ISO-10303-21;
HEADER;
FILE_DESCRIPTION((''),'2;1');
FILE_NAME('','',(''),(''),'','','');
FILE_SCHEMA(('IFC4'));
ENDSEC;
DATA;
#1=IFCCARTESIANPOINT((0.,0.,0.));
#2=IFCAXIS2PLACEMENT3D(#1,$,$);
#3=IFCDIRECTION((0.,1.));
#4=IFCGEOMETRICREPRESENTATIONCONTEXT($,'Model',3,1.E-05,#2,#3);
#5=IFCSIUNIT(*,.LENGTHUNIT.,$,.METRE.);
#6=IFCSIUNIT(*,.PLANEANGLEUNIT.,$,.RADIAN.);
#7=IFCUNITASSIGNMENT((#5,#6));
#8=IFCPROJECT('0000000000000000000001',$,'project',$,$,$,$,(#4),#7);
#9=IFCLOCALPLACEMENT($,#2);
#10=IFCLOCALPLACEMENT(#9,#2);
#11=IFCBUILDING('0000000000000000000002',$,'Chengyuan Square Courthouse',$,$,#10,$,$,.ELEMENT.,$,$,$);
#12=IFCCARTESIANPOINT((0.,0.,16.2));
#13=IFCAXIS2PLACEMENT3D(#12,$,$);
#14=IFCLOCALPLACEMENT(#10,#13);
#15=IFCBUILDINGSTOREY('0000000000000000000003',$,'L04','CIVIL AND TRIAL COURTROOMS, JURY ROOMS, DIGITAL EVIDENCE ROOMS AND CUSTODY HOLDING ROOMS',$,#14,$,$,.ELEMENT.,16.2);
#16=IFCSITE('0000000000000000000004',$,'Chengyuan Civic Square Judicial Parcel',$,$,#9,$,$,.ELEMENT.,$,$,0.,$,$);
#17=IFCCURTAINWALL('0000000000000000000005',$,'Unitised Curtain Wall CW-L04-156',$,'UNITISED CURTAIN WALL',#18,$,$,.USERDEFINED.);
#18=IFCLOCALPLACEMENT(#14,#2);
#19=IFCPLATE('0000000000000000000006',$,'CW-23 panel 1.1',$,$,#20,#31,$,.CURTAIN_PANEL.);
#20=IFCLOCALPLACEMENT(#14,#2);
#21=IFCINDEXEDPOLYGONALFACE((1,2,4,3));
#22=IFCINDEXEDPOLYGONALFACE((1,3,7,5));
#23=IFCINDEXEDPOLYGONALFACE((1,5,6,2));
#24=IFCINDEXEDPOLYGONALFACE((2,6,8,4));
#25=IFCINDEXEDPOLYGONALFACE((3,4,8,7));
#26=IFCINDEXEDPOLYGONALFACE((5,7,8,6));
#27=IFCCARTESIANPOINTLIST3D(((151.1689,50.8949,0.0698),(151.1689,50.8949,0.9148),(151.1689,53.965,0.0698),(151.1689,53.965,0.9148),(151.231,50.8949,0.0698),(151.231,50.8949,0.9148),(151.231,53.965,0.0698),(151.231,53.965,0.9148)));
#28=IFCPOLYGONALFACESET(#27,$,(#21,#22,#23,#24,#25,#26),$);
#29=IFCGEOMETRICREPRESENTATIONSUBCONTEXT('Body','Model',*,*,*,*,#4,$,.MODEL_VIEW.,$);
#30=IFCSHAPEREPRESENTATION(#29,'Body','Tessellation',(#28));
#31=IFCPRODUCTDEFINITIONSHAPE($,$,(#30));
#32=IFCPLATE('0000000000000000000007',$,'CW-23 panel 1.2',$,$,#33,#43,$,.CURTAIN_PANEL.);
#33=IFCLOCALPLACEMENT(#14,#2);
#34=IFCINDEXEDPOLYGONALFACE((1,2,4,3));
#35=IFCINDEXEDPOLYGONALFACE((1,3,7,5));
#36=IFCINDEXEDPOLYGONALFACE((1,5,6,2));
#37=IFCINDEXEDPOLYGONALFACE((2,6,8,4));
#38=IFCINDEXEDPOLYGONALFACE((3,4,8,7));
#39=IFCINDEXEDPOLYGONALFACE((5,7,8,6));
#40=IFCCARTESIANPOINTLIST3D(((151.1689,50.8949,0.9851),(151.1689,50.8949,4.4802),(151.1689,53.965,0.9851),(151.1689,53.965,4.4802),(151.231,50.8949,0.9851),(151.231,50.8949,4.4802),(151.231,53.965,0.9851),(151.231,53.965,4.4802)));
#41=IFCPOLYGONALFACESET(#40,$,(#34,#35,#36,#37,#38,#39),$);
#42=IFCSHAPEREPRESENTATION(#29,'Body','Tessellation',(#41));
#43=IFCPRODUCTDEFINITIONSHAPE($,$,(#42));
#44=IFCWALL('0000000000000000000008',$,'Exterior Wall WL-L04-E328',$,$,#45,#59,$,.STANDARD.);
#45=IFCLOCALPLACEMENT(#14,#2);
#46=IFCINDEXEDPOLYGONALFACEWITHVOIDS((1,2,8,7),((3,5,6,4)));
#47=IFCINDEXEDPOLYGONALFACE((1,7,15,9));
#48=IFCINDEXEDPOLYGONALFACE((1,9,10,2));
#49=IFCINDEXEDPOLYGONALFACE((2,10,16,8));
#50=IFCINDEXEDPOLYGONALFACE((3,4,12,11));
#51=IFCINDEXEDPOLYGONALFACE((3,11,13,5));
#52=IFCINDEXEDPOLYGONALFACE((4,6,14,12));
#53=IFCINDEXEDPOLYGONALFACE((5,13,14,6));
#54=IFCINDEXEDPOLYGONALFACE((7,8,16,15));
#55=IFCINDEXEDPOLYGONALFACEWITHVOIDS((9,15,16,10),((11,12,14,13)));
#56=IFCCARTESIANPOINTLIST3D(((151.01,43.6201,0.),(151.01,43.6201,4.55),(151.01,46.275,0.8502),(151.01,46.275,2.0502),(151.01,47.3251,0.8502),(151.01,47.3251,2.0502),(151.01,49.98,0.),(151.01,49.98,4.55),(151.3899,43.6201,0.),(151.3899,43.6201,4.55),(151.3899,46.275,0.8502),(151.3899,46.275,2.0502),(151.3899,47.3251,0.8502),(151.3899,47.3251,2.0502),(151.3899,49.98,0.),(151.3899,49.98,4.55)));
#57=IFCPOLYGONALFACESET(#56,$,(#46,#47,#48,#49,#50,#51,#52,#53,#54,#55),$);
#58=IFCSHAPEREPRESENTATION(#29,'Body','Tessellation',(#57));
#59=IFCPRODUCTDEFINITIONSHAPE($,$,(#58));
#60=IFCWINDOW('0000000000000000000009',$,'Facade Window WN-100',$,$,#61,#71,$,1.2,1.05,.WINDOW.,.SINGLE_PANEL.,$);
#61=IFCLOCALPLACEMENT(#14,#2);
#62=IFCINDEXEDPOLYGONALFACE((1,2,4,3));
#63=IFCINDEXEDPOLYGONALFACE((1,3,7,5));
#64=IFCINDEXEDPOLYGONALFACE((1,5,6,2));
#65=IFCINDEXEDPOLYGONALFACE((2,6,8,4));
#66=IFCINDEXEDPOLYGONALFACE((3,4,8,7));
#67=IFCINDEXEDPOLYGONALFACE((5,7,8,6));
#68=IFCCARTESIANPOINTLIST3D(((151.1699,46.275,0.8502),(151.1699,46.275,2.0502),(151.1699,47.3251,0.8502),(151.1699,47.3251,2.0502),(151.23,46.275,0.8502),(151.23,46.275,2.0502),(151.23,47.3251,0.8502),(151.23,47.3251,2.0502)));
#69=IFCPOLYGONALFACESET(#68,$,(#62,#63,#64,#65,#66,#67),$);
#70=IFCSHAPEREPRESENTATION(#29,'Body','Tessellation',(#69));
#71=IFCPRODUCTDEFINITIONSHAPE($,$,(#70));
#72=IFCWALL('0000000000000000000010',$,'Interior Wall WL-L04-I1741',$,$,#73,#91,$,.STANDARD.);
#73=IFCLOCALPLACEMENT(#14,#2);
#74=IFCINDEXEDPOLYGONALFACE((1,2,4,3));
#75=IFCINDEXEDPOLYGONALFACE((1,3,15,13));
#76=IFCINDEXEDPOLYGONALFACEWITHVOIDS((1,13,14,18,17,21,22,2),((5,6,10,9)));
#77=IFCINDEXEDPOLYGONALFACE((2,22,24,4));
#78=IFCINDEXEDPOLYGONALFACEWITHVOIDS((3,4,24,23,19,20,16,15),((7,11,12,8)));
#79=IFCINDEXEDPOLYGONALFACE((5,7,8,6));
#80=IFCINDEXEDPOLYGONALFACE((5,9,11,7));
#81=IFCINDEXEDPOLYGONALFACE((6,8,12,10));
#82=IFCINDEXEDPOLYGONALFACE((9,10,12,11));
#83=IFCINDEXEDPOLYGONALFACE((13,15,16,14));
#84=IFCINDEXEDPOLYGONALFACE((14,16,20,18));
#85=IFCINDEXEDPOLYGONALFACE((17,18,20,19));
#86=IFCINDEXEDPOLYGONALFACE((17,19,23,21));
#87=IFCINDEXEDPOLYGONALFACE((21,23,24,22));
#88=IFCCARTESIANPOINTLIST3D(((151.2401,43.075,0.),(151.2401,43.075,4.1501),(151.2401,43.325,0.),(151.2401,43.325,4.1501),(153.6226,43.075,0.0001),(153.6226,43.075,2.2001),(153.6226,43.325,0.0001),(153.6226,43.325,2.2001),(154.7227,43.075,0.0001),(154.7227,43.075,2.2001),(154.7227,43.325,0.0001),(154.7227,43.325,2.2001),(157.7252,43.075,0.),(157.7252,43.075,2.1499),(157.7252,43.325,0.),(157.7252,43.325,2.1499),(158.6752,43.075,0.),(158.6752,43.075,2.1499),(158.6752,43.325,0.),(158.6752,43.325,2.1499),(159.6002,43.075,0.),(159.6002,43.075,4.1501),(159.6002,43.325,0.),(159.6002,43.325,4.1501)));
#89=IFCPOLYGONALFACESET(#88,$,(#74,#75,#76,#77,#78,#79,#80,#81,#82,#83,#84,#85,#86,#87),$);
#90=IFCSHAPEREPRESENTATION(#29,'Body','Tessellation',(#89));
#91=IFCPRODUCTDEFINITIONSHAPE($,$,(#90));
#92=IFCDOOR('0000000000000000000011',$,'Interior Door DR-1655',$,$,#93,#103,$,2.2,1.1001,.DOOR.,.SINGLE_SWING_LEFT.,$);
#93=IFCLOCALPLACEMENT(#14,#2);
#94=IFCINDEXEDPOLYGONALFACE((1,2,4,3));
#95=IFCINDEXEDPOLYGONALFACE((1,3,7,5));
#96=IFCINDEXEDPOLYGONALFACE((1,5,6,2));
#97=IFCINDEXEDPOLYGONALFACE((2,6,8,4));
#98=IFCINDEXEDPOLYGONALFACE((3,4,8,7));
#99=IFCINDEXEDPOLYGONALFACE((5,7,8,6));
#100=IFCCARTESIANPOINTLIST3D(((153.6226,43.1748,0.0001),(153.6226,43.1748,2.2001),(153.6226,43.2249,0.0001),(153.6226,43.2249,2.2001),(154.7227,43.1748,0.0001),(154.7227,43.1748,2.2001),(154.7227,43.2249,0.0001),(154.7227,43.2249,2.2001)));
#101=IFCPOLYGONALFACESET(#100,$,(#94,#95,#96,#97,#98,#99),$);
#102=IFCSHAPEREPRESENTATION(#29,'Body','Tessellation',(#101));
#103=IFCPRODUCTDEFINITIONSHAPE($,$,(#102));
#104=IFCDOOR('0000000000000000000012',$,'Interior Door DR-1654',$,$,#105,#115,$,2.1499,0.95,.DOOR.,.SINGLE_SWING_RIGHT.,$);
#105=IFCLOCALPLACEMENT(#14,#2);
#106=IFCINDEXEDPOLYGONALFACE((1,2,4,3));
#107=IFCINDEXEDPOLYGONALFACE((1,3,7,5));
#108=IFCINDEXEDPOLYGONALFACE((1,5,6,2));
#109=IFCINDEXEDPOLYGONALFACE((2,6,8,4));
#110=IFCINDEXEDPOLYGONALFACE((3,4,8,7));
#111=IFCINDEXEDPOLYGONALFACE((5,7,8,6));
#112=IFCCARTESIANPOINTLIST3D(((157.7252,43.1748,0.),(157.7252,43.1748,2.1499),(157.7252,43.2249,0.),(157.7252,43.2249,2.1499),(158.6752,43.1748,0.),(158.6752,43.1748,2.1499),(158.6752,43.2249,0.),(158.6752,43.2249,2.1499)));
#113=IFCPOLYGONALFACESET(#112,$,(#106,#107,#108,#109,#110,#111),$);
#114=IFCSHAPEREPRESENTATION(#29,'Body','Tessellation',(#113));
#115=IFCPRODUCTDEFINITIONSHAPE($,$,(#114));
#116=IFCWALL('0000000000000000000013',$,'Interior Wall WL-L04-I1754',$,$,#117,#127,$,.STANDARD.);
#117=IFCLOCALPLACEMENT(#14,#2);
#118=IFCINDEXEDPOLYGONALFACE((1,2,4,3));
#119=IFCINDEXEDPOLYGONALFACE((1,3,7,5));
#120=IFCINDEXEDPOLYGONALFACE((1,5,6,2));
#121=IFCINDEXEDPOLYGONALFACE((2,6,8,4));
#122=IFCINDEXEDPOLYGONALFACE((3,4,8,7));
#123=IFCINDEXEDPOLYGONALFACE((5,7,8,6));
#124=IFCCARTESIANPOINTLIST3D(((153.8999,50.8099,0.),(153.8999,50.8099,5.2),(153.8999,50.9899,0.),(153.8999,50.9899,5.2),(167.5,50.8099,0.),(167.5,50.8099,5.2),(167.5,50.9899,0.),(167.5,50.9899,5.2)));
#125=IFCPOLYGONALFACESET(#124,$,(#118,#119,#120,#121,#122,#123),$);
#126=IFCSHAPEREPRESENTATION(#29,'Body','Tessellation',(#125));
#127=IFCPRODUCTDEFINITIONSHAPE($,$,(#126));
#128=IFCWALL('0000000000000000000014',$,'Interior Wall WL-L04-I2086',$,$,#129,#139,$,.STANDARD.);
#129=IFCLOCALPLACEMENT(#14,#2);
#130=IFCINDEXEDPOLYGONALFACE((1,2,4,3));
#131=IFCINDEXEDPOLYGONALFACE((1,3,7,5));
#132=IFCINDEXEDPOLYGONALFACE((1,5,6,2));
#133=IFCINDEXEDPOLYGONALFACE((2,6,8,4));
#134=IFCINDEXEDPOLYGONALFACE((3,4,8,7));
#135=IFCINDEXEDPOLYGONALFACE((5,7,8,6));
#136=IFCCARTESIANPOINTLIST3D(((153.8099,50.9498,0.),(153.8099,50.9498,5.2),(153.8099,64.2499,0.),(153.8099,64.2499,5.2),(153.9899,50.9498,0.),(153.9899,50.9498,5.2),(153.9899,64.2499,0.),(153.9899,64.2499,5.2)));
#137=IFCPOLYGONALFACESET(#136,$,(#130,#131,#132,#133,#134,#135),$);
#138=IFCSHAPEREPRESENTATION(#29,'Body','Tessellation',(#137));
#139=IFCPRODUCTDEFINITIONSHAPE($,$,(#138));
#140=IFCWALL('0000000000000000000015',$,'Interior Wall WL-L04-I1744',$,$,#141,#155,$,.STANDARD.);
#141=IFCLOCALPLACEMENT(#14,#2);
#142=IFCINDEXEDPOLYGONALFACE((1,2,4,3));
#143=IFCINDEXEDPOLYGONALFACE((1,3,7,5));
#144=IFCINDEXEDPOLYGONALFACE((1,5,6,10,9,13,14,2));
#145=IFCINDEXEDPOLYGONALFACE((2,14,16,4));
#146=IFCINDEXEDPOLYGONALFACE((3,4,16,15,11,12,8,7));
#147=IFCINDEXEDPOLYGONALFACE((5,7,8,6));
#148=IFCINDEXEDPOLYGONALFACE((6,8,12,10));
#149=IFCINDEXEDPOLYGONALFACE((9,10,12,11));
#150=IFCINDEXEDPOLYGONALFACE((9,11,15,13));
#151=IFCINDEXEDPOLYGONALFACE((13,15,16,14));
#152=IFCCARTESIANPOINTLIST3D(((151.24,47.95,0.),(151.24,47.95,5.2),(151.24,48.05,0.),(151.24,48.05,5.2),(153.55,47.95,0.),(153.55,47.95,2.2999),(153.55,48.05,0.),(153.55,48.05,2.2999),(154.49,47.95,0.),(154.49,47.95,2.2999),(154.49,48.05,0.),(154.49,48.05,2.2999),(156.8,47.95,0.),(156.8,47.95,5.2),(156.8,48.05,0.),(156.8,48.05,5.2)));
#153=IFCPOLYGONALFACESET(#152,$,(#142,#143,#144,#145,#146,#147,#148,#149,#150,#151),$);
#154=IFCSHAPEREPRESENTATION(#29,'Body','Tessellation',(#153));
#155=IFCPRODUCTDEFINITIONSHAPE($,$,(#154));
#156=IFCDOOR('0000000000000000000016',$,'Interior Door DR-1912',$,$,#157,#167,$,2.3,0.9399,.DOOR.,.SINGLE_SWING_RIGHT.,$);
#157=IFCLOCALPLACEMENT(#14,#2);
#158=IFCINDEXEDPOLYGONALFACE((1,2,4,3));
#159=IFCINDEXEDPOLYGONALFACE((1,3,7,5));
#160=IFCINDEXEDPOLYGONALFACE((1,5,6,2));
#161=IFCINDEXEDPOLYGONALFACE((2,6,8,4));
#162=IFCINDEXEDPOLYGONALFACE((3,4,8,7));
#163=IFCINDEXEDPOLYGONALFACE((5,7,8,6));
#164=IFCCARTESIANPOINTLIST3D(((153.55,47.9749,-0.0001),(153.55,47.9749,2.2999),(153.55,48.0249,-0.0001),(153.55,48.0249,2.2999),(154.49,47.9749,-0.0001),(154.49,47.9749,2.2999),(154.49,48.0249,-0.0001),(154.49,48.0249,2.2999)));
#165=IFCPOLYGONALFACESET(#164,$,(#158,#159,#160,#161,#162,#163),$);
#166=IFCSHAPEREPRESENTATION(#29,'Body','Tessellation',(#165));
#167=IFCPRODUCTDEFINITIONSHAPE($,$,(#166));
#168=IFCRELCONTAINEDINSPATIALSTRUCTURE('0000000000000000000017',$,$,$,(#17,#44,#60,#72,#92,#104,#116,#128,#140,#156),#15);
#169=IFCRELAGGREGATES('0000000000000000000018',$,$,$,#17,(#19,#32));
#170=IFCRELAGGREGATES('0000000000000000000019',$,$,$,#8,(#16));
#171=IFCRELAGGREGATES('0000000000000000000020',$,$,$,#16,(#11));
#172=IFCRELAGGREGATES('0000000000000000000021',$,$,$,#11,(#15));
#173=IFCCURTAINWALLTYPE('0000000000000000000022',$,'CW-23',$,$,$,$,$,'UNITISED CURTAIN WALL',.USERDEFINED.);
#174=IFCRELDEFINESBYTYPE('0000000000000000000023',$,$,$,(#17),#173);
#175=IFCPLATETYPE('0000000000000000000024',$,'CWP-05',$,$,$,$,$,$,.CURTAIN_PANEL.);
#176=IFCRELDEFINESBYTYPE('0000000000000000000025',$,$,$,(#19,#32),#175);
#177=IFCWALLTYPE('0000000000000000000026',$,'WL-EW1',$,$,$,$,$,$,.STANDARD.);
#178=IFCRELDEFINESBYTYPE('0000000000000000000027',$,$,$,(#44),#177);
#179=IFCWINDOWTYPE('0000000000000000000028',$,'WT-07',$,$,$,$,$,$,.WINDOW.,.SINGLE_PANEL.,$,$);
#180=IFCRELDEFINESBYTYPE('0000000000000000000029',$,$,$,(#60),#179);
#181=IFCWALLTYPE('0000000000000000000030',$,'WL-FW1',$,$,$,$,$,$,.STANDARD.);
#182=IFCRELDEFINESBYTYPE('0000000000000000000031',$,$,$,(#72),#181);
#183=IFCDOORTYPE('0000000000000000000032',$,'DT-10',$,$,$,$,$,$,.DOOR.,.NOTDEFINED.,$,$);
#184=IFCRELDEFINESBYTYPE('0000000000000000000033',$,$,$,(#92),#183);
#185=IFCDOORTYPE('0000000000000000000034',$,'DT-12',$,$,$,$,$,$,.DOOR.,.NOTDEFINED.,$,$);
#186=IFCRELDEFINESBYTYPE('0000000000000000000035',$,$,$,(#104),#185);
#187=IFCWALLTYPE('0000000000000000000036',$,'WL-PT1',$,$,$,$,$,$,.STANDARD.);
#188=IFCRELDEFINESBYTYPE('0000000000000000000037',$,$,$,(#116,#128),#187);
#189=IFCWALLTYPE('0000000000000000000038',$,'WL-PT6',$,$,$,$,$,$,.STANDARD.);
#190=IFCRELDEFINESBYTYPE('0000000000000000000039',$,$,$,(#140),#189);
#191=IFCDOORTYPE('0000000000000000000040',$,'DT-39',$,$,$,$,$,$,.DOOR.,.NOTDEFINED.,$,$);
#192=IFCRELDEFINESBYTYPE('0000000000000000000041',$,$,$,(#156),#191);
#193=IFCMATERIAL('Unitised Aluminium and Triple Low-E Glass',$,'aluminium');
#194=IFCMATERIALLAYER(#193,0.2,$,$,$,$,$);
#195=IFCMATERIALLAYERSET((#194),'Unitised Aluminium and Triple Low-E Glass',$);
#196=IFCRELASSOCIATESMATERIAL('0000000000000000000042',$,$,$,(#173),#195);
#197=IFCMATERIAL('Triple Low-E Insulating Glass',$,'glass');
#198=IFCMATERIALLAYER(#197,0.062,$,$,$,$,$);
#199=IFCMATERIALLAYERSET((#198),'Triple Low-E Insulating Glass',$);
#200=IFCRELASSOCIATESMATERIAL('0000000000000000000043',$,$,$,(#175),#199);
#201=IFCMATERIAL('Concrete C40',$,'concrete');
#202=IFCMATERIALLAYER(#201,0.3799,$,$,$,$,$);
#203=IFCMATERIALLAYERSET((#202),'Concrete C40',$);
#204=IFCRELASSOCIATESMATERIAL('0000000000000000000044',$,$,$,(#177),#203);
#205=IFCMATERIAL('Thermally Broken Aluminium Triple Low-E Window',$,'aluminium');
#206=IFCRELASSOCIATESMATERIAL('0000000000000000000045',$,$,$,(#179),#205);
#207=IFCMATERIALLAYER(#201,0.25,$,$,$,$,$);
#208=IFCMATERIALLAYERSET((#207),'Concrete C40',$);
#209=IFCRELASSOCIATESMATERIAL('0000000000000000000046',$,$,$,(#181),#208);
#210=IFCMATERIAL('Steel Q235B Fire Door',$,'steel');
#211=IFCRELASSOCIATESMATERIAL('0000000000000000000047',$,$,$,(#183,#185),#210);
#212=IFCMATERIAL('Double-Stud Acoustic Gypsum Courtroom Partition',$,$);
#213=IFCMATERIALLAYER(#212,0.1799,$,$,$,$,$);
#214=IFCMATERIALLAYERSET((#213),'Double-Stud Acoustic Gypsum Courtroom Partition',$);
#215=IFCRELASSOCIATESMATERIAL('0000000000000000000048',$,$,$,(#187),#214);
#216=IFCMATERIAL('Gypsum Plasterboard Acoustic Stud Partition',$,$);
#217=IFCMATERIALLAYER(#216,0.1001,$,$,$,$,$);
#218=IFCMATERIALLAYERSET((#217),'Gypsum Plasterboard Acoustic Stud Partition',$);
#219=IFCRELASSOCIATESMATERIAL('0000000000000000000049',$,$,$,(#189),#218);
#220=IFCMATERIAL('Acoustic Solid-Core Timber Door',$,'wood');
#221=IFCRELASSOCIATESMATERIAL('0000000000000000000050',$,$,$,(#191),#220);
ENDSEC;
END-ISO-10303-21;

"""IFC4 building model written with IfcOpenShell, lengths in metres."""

from ifc_helpers import new_model, si_unit, direction, frame, frame_2d, origin, origin_2d, place, context, subcontext, project, spatial, rectangle, extrude, material, layer, layer_set, type_object, element, fill, aggregate, save


model = new_model("IFC4")

# Units and contexts
model_context = context("Model", 3, precision=1e-05, world=origin(), true_north=direction((0.0, 1.0)))
body_context = subcontext(model_context, "Body", "Model", "MODEL_VIEW")
ifc_project = project(units=[si_unit("LENGTHUNIT", "METRE"), si_unit("PLANEANGLEUNIT", "RADIAN")], contexts=[model_context])

# Site, building, storey
site_placement = place(None, origin())
site = spatial("IfcSite", under=ifc_project, at=site_placement, Name="Chengyuan Civic Square Judicial Parcel", CompositionType="ELEMENT", RefElevation=0.0)
building_placement = place(site_placement, origin())
building = spatial("IfcBuilding", under=site, at=building_placement, Name="Chengyuan Square Courthouse", CompositionType="ELEMENT")
storey_placement = place(building_placement, frame((0.0, 0.0, 16.2)))
storey = spatial("IfcBuildingStorey", under=building, at=storey_placement, Name="L04", Description="CIVIL AND TRIAL COURTROOMS, JURY ROOMS, DIGITAL EVIDENCE ROOMS AND CUSTODY HOLDING ROOMS", CompositionType="ELEMENT", Elevation=16.2)

# Shared definitions
ifc_material_1 = material(Name="Concrete C40", Category="concrete")

# Curtain wall
ifc_material_2 = material(Name="Unitised Aluminium and Triple Low-E Glass", Category="aluminium")
ifc_layer_1 = layer(ifc_material_2, 0.2)
ifc_layer_set_1 = layer_set([ifc_layer_1], Name="Unitised Aluminium and Triple Low-E Glass")
curtain_wall_type = type_object("IfcCurtainWallType", Name="CW-23", ElementType="UNITISED CURTAIN WALL", PredefinedType="USERDEFINED", material=ifc_layer_set_1)
curtain_wall_placement = place(storey_placement, origin())
curtain_wall = element("IfcCurtainWall", 1, at=curtain_wall_placement, inside=storey, type_object=curtain_wall_type, Name="Unitised Curtain Wall CW-L04-156", ObjectType="UNITISED CURTAIN WALL", PredefinedType="USERDEFINED")

# Plates
ifc_material_3 = material(Name="Triple Low-E Insulating Glass", Category="glass")
ifc_layer_2 = layer(ifc_material_3, 0.062)
ifc_layer_set_2 = layer_set([ifc_layer_2], Name="Triple Low-E Insulating Glass")
plate_type = type_object("IfcPlateType", Name="CWP-05", PredefinedType="CURTAIN_PANEL", material=ifc_layer_set_2)
plate_1_placement = place(storey_placement, frame((151.2, 52.4299, 0.0698), z_axis=(0.0, 0.0, 1.0), x_axis=(0.0, 1.0, 0.0)))
plate_1 = element("IfcPlate", 2, at=plate_1_placement, type_object=plate_type, Name="CW-23 panel 1.1", PredefinedType="CURTAIN_PANEL", context=body_context, shape_type="SweptSolid", body=[
    extrude(rectangle(XDim=3.0701, YDim=0.062, at=origin_2d()), origin(), (0.0, 0.0, 1.0), 0.845),
])
plate_2_placement = place(storey_placement, frame((151.2, 52.4299, 0.9851), z_axis=(0.0, 0.0, 1.0), x_axis=(0.0, 1.0, 0.0)))
plate_2 = element("IfcPlate", 3, at=plate_2_placement, type_object=plate_type, Name="CW-23 panel 1.2", PredefinedType="CURTAIN_PANEL", context=body_context, shape_type="SweptSolid", body=[
    extrude(rectangle(XDim=3.0701, YDim=0.062, at=origin_2d()), origin(), (0.0, 0.0, 1.0), 3.4951),
])
aggregate(curtain_wall, [plate_1, plate_2])

# Wall, opening, window
ifc_layer_3 = layer(ifc_material_1, 0.3799)
ifc_layer_set_3 = layer_set([ifc_layer_3], Name="Concrete C40")
wall_type_1 = type_object("IfcWallType", Name="WL-EW1", PredefinedType="STANDARD", material=ifc_layer_set_3)
wall_1_placement = place(storey_placement, frame((151.2, 43.6201, 0.0), z_axis=(0.0, 0.0, 1.0), x_axis=(0.0, 1.0, 0.0)))
wall_1 = element("IfcWall", 4, at=wall_1_placement, inside=storey, type_object=wall_type_1, Name="Exterior Wall WL-L04-E328", PredefinedType="STANDARD", context=body_context, shape_type="SweptSolid", body=[
    extrude(rectangle(XDim=6.3599, YDim=0.3799, at=frame_2d((3.1799, 0.0))), origin(), (0.0, 0.0, 1.0), 4.55),
])
opening_1_placement = place(wall_1_placement, frame((2.655, 0.0, 0.8501)))
opening_1 = element("IfcOpeningElement", 5, at=opening_1_placement, cuts=wall_1, PredefinedType="OPENING", context=body_context, shape_type="SweptSolid", body=[
    extrude(rectangle(XDim=1.05, YDim=1.2, at=frame_2d((0.5249, 0.6001))), frame((0.0, 0.2019, 0.0), z_axis=(0.0, -1.0, 0.0), x_axis=(1.0, 0.0, 0.0)), (0.0, 0.0, 1.0), 0.4038),
])
ifc_material_4 = material(Name="Thermally Broken Aluminium Triple Low-E Window", Category="aluminium")
window_type = type_object("IfcWindowType", Name="WT-07", PartitioningType="SINGLE_PANEL", PredefinedType="WINDOW", material=ifc_material_4)
window_placement = place(opening_1_placement, origin())
window = element("IfcWindow", 6, at=window_placement, inside=storey, type_object=window_type, Name="Facade Window WN-100", OverallHeight=1.2, OverallWidth=1.05, PartitioningType="SINGLE_PANEL", PredefinedType="WINDOW", context=body_context, shape_type="SweptSolid", body=[
    extrude(rectangle(XDim=1.05, YDim=1.2, at=frame_2d((0.5249, 0.6001))), frame((0.0, 0.03, 0.0), z_axis=(0.0, -1.0, 0.0), x_axis=(1.0, 0.0, 0.0)), (0.0, 0.0, 1.0), 0.0601),
])
fill(opening_1, window)

# Wall, openings, doors
ifc_layer_4 = layer(ifc_material_1, 0.25)
ifc_layer_set_4 = layer_set([ifc_layer_4], Name="Concrete C40")
wall_type_2 = type_object("IfcWallType", Name="WL-FW1", PredefinedType="STANDARD", material=ifc_layer_set_4)
wall_2_placement = place(storey_placement, frame((151.24, 43.2, 0.0), z_axis=(0.0, 0.0, 1.0), x_axis=(1.0, 0.0, 0.0)))
wall_2 = element("IfcWall", 7, at=wall_2_placement, inside=storey, type_object=wall_type_2, Name="Interior Wall WL-L04-I1741", PredefinedType="STANDARD", context=body_context, shape_type="SweptSolid", body=[
    extrude(rectangle(XDim=8.3601, YDim=0.25, at=frame_2d((4.1802, 0.0))), origin(), (0.0, 0.0, 1.0), 4.1501),
])
opening_2_placement = place(wall_2_placement, frame((6.4851, 0.0, 0.0)))
opening_2 = element("IfcOpeningElement", 8, at=opening_2_placement, cuts=wall_2, PredefinedType="OPENING", context=body_context, shape_type="SweptSolid", body=[
    extrude(rectangle(XDim=0.95, YDim=2.1499, at=frame_2d((0.4751, 1.075))), frame((0.0, 0.137, 0.0), z_axis=(0.0, -1.0, 0.0), x_axis=(1.0, 0.0, 0.0)), (0.0, 0.0, 1.0), 0.2739),
])
opening_3_placement = place(wall_2_placement, frame((2.3826, 0.0, 0.0)))
opening_3 = element("IfcOpeningElement", 9, at=opening_3_placement, cuts=wall_2, PredefinedType="OPENING", context=body_context, shape_type="SweptSolid", body=[
    extrude(rectangle(XDim=1.1001, YDim=2.2, at=frame_2d((0.55, 1.1001))), frame((0.0, 0.137, 0.0), z_axis=(0.0, -1.0, 0.0), x_axis=(1.0, 0.0, 0.0)), (0.0, 0.0, 1.0), 0.2739),
])
ifc_material_5 = material(Name="Steel Q235B Fire Door", Category="steel")
door_type_1 = type_object("IfcDoorType", Name="DT-10", OperationType="NOTDEFINED", PredefinedType="DOOR", material=ifc_material_5)
door_1_placement = place(opening_3_placement, origin())
door_1 = element("IfcDoor", 10, at=door_1_placement, inside=storey, type_object=door_type_1, Name="Interior Door DR-1655", OperationType="SINGLE_SWING_LEFT", OverallHeight=2.2, OverallWidth=1.1001, PredefinedType="DOOR", context=body_context, shape_type="SweptSolid", body=[
    extrude(rectangle(XDim=1.1001, YDim=2.2, at=frame_2d((0.55, 1.1001))), frame((0.0, 0.0249, 0.0), z_axis=(0.0, -1.0, 0.0), x_axis=(1.0, 0.0, 0.0)), (0.0, 0.0, 1.0), 0.05),
])
fill(opening_3, door_1)
door_type_2 = type_object("IfcDoorType", Name="DT-12", OperationType="NOTDEFINED", PredefinedType="DOOR", material=ifc_material_5)
door_2_placement = place(opening_2_placement, origin())
door_2 = element("IfcDoor", 11, at=door_2_placement, inside=storey, type_object=door_type_2, Name="Interior Door DR-1654", OperationType="SINGLE_SWING_RIGHT", OverallHeight=2.1499, OverallWidth=0.95, PredefinedType="DOOR", context=body_context, shape_type="SweptSolid", body=[
    extrude(rectangle(XDim=0.95, YDim=2.1499, at=frame_2d((0.4751, 1.075))), frame((0.0, 0.0249, 0.0), z_axis=(0.0, -1.0, 0.0), x_axis=(1.0, 0.0, 0.0)), (0.0, 0.0, 1.0), 0.05),
])
fill(opening_2, door_2)

# Walls
ifc_material_6 = material(Name="Double-Stud Acoustic Gypsum Courtroom Partition")
ifc_layer_5 = layer(ifc_material_6, 0.1799)
ifc_layer_set_5 = layer_set([ifc_layer_5], Name="Double-Stud Acoustic Gypsum Courtroom Partition")
wall_type_3 = type_object("IfcWallType", Name="WL-PT1", PredefinedType="STANDARD", material=ifc_layer_set_5)
wall_3_placement = place(storey_placement, frame((153.8999, 50.8999, 0.0), z_axis=(0.0, 0.0, 1.0), x_axis=(1.0, 0.0, 0.0)))
element("IfcWall", 12, at=wall_3_placement, inside=storey, type_object=wall_type_3, Name="Interior Wall WL-L04-I1754", PredefinedType="STANDARD", context=body_context, shape_type="SweptSolid", body=[
    extrude(rectangle(XDim=13.6001, YDim=0.1799, at=frame_2d((6.8, 0.0))), origin(), (0.0, 0.0, 1.0), 5.2),
])
wall_4_placement = place(storey_placement, frame((153.8999, 50.95, 0.0), z_axis=(0.0, 0.0, 1.0), x_axis=(0.0, 1.0, 0.0)))
element("IfcWall", 13, at=wall_4_placement, inside=storey, type_object=wall_type_3, Name="Interior Wall WL-L04-I2086", PredefinedType="STANDARD", context=body_context, shape_type="SweptSolid", body=[
    extrude(rectangle(XDim=13.3, YDim=0.1799, at=frame_2d((6.6499, 0.0))), origin(), (0.0, 0.0, 1.0), 5.2),
])

# Wall, opening, door
ifc_material_7 = material(Name="Gypsum Plasterboard Acoustic Stud Partition")
ifc_layer_6 = layer(ifc_material_7, 0.1001)
ifc_layer_set_6 = layer_set([ifc_layer_6], Name="Gypsum Plasterboard Acoustic Stud Partition")
wall_type_4 = type_object("IfcWallType", Name="WL-PT6", PredefinedType="STANDARD", material=ifc_layer_set_6)
wall_5_placement = place(storey_placement, frame((151.24, 48.0, 0.0), z_axis=(0.0, 0.0, 1.0), x_axis=(1.0, 0.0, 0.0)))
wall_5 = element("IfcWall", 14, at=wall_5_placement, inside=storey, type_object=wall_type_4, Name="Interior Wall WL-L04-I1744", PredefinedType="STANDARD", context=body_context, shape_type="SweptSolid", body=[
    extrude(rectangle(XDim=5.5601, YDim=0.1001, at=frame_2d((2.78, 0.0))), origin(), (0.0, 0.0, 1.0), 5.2),
])
opening_4_placement = place(wall_5_placement, frame((2.3101, 0.0, 0.0)))
opening_4 = element("IfcOpeningElement", 15, at=opening_4_placement, cuts=wall_5, PredefinedType="OPENING", context=body_context, shape_type="SweptSolid", body=[
    extrude(rectangle(XDim=0.9399, YDim=2.3, at=frame_2d((0.47, 1.1499))), frame((0.0, 0.062, 0.0), z_axis=(0.0, -1.0, 0.0), x_axis=(1.0, 0.0, 0.0)), (0.0, 0.0, 1.0), 0.124),
])
ifc_material_8 = material(Name="Acoustic Solid-Core Timber Door", Category="wood")
door_type_3 = type_object("IfcDoorType", Name="DT-39", OperationType="NOTDEFINED", PredefinedType="DOOR", material=ifc_material_8)
door_3_placement = place(opening_4_placement, origin())
door_3 = element("IfcDoor", 16, at=door_3_placement, inside=storey, type_object=door_type_3, Name="Interior Door DR-1912", OperationType="SINGLE_SWING_RIGHT", OverallHeight=2.3, OverallWidth=0.9399, PredefinedType="DOOR", context=body_context, shape_type="SweptSolid", body=[
    extrude(rectangle(XDim=0.9399, YDim=2.3, at=frame_2d((0.47, 1.1499))), frame((0.0, 0.0249, 0.0), z_axis=(0.0, -1.0, 0.0), x_axis=(1.0, 0.0, 0.0)), (0.0, 0.0, 1.0), 0.05),
])
fill(opening_4, door_3)

save(model, "model.ifc")
